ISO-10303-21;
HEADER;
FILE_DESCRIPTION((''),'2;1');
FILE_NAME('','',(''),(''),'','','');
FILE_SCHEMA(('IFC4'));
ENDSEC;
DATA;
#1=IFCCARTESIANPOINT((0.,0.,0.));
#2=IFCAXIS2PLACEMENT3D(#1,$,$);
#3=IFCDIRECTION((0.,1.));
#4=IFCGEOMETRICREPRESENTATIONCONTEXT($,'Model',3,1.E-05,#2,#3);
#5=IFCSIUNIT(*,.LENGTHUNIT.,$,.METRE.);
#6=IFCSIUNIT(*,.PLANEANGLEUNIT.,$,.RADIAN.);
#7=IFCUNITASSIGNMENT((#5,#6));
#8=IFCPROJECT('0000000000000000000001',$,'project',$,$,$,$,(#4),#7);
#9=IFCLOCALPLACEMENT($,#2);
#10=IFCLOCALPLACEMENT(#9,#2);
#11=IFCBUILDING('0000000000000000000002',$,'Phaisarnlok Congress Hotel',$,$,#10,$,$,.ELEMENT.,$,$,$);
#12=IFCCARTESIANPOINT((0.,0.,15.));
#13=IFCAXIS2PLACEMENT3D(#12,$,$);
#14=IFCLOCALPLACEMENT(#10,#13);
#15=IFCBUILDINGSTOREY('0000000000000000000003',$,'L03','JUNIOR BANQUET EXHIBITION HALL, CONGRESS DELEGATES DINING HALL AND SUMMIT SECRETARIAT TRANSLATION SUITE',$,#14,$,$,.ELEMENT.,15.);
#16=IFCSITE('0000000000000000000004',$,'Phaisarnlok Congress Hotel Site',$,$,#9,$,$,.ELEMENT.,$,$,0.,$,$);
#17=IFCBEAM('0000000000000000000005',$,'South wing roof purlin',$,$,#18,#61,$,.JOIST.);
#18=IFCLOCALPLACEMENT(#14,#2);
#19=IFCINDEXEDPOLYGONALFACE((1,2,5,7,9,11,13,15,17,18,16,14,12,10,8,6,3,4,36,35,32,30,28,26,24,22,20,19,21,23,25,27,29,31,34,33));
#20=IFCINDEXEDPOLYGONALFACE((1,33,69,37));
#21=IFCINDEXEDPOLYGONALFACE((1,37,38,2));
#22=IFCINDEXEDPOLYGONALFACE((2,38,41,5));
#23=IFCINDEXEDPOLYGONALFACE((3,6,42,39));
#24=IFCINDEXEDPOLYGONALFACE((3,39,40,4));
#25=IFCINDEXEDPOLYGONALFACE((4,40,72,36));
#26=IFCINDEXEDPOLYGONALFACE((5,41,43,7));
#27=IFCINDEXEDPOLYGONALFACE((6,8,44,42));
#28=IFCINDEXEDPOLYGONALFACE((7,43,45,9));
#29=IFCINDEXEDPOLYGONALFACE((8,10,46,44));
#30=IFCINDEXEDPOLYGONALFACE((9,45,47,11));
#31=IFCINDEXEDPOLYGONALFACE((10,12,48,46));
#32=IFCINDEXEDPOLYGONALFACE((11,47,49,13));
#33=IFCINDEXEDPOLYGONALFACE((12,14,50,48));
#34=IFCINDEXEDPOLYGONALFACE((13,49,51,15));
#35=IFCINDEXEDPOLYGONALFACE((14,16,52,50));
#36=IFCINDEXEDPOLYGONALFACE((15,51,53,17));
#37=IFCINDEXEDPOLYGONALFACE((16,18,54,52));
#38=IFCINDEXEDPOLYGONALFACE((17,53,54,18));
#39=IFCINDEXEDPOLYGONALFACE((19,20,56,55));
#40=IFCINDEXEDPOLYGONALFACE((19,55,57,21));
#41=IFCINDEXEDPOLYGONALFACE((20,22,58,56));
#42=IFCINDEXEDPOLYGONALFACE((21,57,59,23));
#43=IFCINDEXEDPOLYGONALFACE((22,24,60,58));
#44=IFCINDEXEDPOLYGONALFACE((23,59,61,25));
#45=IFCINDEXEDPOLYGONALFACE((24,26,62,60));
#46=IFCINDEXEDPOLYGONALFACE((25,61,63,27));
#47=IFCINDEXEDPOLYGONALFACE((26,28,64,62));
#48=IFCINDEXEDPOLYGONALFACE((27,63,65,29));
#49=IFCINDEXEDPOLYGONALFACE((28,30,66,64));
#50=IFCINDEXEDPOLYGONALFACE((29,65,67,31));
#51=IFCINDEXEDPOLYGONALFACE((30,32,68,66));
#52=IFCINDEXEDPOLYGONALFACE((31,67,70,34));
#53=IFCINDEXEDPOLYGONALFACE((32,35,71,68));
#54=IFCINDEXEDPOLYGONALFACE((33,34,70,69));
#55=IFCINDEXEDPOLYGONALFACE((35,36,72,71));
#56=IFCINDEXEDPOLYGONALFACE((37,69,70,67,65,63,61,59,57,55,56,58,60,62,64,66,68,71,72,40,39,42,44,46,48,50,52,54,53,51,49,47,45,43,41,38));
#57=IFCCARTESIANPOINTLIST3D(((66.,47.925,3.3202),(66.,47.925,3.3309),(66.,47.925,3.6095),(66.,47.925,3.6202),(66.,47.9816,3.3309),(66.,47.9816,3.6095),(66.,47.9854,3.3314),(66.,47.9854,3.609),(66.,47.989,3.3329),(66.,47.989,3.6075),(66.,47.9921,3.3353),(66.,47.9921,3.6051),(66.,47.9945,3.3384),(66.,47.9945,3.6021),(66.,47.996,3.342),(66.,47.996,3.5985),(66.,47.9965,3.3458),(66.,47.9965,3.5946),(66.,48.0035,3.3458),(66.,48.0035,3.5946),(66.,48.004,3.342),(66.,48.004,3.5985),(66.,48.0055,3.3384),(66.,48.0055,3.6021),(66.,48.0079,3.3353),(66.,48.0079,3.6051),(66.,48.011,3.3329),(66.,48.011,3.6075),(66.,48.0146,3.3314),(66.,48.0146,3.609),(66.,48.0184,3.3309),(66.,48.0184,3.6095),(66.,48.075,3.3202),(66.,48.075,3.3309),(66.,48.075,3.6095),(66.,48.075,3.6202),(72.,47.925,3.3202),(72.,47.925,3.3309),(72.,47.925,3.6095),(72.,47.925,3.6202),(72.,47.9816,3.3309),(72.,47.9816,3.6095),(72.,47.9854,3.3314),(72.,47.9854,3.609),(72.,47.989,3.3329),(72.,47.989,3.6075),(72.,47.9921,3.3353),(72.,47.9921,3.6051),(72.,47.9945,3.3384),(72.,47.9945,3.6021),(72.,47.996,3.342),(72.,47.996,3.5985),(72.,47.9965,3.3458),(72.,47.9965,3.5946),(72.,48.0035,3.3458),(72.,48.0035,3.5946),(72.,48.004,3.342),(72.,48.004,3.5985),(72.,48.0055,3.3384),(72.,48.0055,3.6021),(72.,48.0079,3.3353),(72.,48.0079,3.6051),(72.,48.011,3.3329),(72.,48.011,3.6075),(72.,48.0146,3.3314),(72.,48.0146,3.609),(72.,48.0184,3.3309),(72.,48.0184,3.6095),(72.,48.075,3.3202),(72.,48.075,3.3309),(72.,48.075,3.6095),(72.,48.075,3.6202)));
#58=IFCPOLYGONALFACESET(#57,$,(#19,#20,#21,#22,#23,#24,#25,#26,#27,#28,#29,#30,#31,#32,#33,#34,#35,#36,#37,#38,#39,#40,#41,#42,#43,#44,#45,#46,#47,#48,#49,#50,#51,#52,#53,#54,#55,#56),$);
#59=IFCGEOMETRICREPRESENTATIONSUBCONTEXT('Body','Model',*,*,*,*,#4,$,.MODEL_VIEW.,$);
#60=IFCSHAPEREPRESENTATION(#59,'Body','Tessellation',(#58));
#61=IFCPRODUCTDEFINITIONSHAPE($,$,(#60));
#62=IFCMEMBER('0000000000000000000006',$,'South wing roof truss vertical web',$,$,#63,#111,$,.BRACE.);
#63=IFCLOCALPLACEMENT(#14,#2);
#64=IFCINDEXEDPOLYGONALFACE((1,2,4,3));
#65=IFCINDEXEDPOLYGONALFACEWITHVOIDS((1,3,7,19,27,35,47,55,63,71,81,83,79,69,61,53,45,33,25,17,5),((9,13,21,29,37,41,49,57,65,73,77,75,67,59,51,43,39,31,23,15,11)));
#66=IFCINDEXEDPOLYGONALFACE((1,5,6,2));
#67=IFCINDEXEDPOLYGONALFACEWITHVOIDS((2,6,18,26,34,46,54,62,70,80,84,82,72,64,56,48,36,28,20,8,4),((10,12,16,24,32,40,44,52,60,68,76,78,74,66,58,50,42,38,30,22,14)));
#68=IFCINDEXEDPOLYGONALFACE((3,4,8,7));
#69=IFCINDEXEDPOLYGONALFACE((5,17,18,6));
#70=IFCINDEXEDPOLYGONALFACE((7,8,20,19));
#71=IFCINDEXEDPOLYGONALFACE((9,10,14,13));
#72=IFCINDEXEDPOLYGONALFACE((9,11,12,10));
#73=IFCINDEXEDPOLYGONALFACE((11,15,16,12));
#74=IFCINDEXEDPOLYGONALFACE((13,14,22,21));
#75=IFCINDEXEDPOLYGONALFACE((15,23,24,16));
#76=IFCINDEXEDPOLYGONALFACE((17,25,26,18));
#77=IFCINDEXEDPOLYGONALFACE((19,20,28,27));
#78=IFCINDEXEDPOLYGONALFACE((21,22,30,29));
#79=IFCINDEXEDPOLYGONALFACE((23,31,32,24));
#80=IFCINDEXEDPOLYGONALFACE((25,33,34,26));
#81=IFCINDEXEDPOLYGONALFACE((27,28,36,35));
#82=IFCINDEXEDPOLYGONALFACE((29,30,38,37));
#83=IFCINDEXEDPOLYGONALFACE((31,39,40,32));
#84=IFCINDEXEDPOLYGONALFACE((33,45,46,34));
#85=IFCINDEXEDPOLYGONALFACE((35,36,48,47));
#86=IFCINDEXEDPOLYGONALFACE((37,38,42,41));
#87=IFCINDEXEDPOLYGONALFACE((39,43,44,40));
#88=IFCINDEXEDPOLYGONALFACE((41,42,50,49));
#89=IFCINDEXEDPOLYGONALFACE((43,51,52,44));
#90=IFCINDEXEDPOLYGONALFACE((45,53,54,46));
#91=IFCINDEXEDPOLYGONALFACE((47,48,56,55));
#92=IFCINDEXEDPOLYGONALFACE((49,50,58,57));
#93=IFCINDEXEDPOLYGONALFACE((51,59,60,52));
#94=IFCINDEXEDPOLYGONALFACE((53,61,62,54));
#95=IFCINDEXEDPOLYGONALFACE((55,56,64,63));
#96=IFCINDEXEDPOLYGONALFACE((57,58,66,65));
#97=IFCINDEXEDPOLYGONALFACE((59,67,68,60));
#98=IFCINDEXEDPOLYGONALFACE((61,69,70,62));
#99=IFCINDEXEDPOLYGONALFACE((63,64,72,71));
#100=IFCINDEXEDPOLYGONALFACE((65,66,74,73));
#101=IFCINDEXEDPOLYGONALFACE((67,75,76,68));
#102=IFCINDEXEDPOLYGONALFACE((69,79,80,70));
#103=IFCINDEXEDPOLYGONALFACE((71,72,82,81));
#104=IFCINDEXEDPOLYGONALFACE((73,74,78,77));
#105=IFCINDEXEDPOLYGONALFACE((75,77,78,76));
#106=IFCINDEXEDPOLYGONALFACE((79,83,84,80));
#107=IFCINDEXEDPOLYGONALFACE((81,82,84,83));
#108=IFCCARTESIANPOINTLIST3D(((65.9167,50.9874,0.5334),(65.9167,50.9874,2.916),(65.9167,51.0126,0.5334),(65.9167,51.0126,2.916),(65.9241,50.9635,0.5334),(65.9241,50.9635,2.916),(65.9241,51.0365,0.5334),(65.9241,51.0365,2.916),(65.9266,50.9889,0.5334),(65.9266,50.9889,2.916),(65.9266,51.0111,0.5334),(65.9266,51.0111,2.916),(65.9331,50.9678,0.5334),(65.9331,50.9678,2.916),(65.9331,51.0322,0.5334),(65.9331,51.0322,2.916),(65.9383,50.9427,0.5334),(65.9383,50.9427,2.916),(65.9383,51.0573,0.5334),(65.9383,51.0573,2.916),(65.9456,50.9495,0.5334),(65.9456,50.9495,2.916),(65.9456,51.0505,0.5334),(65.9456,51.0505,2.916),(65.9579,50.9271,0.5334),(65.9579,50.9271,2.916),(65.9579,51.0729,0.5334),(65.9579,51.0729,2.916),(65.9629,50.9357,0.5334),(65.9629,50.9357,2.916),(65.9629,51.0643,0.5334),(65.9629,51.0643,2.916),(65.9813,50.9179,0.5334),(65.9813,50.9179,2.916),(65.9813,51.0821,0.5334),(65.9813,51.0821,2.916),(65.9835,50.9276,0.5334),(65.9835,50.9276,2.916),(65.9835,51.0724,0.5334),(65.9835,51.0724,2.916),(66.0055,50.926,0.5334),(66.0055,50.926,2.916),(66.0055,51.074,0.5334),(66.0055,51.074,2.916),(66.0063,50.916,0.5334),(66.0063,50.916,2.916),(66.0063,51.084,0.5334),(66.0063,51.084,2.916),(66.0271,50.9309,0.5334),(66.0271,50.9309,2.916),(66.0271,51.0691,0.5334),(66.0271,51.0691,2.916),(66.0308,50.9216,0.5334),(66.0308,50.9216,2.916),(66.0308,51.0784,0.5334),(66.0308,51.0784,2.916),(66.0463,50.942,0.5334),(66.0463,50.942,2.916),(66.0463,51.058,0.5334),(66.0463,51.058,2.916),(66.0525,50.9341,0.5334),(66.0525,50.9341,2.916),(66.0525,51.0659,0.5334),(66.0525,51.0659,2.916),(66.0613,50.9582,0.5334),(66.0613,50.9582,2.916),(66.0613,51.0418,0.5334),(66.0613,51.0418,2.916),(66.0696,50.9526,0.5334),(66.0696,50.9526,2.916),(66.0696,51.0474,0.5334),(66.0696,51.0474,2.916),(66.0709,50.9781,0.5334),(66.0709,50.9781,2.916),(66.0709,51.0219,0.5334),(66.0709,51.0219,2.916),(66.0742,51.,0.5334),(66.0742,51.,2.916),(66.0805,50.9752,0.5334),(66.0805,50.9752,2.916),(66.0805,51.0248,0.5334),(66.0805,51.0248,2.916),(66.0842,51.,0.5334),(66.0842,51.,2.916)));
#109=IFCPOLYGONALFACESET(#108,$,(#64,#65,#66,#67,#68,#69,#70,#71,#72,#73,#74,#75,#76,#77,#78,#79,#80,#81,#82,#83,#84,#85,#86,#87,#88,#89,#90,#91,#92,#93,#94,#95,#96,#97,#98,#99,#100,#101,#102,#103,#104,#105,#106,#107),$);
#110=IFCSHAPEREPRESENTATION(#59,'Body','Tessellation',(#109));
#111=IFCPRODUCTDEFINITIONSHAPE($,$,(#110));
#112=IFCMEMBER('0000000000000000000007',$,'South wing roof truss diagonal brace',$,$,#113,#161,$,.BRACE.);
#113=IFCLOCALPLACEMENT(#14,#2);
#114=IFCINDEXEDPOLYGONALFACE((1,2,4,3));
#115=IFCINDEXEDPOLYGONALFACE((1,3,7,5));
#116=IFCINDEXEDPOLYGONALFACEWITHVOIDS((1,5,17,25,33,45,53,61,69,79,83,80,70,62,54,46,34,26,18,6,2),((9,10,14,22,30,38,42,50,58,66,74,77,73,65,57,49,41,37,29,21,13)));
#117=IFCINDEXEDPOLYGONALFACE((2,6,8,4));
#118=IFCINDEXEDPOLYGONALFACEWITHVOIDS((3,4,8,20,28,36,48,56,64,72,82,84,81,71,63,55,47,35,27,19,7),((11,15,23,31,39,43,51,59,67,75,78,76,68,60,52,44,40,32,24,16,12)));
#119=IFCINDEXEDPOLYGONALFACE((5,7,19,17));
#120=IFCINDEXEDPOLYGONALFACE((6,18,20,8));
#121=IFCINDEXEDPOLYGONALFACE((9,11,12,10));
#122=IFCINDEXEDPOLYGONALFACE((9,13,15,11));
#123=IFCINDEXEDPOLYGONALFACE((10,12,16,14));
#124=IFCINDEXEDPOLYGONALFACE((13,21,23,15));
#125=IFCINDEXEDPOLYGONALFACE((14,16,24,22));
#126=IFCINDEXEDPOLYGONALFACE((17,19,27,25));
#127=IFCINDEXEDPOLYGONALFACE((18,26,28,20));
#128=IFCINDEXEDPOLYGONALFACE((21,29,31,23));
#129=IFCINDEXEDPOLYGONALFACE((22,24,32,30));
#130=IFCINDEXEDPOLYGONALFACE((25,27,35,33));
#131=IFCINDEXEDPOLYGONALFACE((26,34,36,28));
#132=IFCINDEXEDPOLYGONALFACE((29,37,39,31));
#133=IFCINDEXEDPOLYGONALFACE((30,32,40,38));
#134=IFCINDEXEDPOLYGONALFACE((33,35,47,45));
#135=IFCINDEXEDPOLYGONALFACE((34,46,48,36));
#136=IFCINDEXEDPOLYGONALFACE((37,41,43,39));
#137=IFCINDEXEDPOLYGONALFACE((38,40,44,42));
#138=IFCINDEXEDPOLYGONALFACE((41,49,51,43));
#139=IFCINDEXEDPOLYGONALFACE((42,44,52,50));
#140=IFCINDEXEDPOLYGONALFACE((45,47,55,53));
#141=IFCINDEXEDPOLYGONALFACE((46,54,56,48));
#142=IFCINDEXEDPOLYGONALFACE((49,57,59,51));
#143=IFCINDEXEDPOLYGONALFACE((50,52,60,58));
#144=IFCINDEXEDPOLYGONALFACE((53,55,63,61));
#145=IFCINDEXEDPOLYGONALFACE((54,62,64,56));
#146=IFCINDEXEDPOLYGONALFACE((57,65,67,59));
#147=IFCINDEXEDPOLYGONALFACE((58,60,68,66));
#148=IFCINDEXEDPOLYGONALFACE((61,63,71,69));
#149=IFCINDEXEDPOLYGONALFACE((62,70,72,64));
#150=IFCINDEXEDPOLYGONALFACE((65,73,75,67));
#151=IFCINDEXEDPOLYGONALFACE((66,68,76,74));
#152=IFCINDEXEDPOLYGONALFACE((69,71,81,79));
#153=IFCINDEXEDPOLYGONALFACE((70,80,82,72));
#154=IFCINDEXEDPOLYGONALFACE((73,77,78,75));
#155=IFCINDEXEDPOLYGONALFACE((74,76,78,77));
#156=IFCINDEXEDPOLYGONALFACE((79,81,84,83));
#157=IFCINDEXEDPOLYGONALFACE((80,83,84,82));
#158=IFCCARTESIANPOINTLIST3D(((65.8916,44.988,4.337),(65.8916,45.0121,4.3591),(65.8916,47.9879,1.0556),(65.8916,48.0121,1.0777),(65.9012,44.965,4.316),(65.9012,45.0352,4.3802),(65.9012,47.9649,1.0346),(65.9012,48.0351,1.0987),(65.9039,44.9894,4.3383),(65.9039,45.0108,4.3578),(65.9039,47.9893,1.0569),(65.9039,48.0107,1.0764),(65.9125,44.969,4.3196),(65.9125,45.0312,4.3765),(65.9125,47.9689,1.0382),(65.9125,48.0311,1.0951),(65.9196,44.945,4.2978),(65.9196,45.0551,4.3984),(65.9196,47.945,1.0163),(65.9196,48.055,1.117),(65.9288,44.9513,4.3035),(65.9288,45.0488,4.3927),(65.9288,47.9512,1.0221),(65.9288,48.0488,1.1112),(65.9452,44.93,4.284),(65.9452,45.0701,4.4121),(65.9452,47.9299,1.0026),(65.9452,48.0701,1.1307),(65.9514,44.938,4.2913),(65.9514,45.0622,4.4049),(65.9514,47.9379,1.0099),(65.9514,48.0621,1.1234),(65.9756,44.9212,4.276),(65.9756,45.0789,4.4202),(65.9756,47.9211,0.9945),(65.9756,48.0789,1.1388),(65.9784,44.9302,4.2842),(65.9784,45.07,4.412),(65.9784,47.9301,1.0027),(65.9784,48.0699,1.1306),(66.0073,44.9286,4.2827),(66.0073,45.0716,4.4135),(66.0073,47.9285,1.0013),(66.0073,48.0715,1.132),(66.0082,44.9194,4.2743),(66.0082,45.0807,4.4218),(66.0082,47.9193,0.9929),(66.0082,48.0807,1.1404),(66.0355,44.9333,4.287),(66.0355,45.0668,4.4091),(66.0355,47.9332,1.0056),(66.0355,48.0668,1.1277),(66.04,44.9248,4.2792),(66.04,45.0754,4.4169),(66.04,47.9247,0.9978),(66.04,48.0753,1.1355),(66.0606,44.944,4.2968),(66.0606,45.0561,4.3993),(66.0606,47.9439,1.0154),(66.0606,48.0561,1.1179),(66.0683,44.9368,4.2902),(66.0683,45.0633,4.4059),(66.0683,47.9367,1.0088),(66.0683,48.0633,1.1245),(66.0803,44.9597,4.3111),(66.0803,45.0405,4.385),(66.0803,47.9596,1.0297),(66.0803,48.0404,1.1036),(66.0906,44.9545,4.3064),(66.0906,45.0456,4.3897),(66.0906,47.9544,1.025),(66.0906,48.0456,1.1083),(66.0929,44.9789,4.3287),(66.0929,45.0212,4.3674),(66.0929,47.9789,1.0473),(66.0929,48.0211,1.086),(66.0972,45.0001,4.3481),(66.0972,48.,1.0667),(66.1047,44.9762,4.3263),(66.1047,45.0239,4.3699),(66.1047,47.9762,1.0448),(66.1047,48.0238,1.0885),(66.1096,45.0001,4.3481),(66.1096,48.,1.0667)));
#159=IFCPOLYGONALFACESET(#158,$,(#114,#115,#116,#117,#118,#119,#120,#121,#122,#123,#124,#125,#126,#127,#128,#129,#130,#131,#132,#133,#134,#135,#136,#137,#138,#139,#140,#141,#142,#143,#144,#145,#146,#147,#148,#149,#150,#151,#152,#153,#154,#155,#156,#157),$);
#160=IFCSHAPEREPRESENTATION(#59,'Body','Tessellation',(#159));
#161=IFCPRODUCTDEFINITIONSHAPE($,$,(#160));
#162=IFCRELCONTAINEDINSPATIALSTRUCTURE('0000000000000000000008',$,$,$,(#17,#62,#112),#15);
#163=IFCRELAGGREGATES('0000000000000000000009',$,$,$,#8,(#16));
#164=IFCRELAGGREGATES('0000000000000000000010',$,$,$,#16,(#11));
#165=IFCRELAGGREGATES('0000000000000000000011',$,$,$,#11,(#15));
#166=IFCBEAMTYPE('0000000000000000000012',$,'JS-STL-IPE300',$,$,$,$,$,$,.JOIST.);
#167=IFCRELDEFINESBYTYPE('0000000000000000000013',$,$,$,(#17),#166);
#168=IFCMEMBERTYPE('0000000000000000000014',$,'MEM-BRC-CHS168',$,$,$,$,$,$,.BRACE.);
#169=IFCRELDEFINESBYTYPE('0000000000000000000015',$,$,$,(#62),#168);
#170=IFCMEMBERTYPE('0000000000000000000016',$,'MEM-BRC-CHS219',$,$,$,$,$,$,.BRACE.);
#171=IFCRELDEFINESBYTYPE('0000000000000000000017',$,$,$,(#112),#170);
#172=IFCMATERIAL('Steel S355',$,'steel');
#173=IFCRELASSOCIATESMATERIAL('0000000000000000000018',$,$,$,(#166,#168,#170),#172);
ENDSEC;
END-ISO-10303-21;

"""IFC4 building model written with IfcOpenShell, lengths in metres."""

from ifc_helpers import new_model, si_unit, direction, frame, origin, origin_2d, place, context, subcontext, project, spatial, hollow_circle, i_section, extrude, material, material_profile, profile_set, type_object, element, save


model = new_model("IFC4")

# Units and contexts
model_context = context("Model", 3, precision=1e-05, world=origin(), true_north=direction((0.0, 1.0)))
body_context = subcontext(model_context, "Body", "Model", "MODEL_VIEW")
ifc_project = project(units=[si_unit("LENGTHUNIT", "METRE"), si_unit("PLANEANGLEUNIT", "RADIAN")], contexts=[model_context])

# Site, building, storey
site_placement = place(None, origin())
site = spatial("IfcSite", under=ifc_project, at=site_placement, Name="Phaisarnlok Congress Hotel Site", CompositionType="ELEMENT", RefElevation=0.0)
building_placement = place(site_placement, origin())
building = spatial("IfcBuilding", under=site, at=building_placement, Name="Phaisarnlok Congress Hotel", CompositionType="ELEMENT")
storey_placement = place(building_placement, frame((0.0, 0.0, 15.0)))
storey = spatial("IfcBuildingStorey", under=building, at=storey_placement, Name="L03", Description="JUNIOR BANQUET EXHIBITION HALL, CONGRESS DELEGATES DINING HALL AND SUMMIT SECRETARIAT TRANSLATION SUITE", CompositionType="ELEMENT", Elevation=15.0)

# Beam
ifc_material_1 = material(Name="Steel S355", Category="steel")
ifc_material_profile_1 = material_profile(ifc_material_1, i_section(OverallWidth=0.1499, OverallDepth=0.3, WebThickness=0.0071, FlangeThickness=0.0107, FilletRadius=0.0149, at=origin_2d()), Name="IPE 300")
ifc_profile_set_1 = profile_set([ifc_material_profile_1], Name="Steel S355")
beam_type_1 = type_object("IfcBeamType", Name="JS-STL-IPE300", PredefinedType="JOIST", material=ifc_profile_set_1)
beam_1_placement = place(storey_placement, frame((66.0, 48.0, 3.4702), z_axis=(1.0, 0.0, 0.0), x_axis=(0.0, 1.0, 0.0)))
element("IfcBeam", 1, at=beam_1_placement, inside=storey, type_object=beam_type_1, Name="South wing roof purlin", PredefinedType="JOIST", context=body_context, shape_type="SweptSolid", body=[
    extrude(i_section(OverallWidth=0.1499, OverallDepth=0.3, WebThickness=0.0071, FlangeThickness=0.0107, FilletRadius=0.0149, at=origin_2d()), origin(), (0.0, 0.0, 1.0), 6.0),
])

# Members
ifc_material_profile_2 = material_profile(ifc_material_1, hollow_circle(Radius=0.0842, WallThickness=0.01, at=origin_2d()), Name="CHS 168.3x10")
ifc_profile_set_2 = profile_set([ifc_material_profile_2], Name="Steel S355")
member_type_1 = type_object("IfcMemberType", Name="MEM-BRC-CHS168", PredefinedType="BRACE", material=ifc_profile_set_2)
member_1_placement = place(storey_placement, frame((66.0, 51.0, 0.5334), z_axis=(0.0, 0.0, 1.0), x_axis=(1.0, 0.0, 0.0)))
element("IfcMember", 2, at=member_1_placement, inside=storey, type_object=member_type_1, Name="South wing roof truss vertical web", PredefinedType="BRACE", context=body_context, shape_type="SweptSolid", body=[
    extrude(hollow_circle(Radius=0.0842, WallThickness=0.01, at=origin_2d()), origin(), (0.0, 0.0, 1.0), 2.3826),
])
ifc_material_profile_3 = material_profile(ifc_material_1, hollow_circle(Radius=0.1096, WallThickness=0.0125, at=origin_2d()), Name="CHS 219.1x12.5")
ifc_profile_set_3 = profile_set([ifc_material_profile_3], Name="Steel S355")
member_type_2 = type_object("IfcMemberType", Name="MEM-BRC-CHS219", PredefinedType="BRACE", material=ifc_profile_set_3)
member_2_placement = place(storey_placement, frame((66.0, 48.0, 1.0667), z_axis=(0.0, -0.674742, 0.738054), x_axis=(1.0, 0.0, 0.0)))
element("IfcMember", 3, at=member_2_placement, inside=storey, type_object=member_type_2, Name="South wing roof truss diagonal brace", PredefinedType="BRACE", context=body_context, shape_type="SweptSolid", body=[
    extrude(hollow_circle(Radius=0.1096, WallThickness=0.0125, at=origin_2d()), origin(), (0.0, 0.0, 1.0), 4.446),
])

save(model, "model.ifc")
